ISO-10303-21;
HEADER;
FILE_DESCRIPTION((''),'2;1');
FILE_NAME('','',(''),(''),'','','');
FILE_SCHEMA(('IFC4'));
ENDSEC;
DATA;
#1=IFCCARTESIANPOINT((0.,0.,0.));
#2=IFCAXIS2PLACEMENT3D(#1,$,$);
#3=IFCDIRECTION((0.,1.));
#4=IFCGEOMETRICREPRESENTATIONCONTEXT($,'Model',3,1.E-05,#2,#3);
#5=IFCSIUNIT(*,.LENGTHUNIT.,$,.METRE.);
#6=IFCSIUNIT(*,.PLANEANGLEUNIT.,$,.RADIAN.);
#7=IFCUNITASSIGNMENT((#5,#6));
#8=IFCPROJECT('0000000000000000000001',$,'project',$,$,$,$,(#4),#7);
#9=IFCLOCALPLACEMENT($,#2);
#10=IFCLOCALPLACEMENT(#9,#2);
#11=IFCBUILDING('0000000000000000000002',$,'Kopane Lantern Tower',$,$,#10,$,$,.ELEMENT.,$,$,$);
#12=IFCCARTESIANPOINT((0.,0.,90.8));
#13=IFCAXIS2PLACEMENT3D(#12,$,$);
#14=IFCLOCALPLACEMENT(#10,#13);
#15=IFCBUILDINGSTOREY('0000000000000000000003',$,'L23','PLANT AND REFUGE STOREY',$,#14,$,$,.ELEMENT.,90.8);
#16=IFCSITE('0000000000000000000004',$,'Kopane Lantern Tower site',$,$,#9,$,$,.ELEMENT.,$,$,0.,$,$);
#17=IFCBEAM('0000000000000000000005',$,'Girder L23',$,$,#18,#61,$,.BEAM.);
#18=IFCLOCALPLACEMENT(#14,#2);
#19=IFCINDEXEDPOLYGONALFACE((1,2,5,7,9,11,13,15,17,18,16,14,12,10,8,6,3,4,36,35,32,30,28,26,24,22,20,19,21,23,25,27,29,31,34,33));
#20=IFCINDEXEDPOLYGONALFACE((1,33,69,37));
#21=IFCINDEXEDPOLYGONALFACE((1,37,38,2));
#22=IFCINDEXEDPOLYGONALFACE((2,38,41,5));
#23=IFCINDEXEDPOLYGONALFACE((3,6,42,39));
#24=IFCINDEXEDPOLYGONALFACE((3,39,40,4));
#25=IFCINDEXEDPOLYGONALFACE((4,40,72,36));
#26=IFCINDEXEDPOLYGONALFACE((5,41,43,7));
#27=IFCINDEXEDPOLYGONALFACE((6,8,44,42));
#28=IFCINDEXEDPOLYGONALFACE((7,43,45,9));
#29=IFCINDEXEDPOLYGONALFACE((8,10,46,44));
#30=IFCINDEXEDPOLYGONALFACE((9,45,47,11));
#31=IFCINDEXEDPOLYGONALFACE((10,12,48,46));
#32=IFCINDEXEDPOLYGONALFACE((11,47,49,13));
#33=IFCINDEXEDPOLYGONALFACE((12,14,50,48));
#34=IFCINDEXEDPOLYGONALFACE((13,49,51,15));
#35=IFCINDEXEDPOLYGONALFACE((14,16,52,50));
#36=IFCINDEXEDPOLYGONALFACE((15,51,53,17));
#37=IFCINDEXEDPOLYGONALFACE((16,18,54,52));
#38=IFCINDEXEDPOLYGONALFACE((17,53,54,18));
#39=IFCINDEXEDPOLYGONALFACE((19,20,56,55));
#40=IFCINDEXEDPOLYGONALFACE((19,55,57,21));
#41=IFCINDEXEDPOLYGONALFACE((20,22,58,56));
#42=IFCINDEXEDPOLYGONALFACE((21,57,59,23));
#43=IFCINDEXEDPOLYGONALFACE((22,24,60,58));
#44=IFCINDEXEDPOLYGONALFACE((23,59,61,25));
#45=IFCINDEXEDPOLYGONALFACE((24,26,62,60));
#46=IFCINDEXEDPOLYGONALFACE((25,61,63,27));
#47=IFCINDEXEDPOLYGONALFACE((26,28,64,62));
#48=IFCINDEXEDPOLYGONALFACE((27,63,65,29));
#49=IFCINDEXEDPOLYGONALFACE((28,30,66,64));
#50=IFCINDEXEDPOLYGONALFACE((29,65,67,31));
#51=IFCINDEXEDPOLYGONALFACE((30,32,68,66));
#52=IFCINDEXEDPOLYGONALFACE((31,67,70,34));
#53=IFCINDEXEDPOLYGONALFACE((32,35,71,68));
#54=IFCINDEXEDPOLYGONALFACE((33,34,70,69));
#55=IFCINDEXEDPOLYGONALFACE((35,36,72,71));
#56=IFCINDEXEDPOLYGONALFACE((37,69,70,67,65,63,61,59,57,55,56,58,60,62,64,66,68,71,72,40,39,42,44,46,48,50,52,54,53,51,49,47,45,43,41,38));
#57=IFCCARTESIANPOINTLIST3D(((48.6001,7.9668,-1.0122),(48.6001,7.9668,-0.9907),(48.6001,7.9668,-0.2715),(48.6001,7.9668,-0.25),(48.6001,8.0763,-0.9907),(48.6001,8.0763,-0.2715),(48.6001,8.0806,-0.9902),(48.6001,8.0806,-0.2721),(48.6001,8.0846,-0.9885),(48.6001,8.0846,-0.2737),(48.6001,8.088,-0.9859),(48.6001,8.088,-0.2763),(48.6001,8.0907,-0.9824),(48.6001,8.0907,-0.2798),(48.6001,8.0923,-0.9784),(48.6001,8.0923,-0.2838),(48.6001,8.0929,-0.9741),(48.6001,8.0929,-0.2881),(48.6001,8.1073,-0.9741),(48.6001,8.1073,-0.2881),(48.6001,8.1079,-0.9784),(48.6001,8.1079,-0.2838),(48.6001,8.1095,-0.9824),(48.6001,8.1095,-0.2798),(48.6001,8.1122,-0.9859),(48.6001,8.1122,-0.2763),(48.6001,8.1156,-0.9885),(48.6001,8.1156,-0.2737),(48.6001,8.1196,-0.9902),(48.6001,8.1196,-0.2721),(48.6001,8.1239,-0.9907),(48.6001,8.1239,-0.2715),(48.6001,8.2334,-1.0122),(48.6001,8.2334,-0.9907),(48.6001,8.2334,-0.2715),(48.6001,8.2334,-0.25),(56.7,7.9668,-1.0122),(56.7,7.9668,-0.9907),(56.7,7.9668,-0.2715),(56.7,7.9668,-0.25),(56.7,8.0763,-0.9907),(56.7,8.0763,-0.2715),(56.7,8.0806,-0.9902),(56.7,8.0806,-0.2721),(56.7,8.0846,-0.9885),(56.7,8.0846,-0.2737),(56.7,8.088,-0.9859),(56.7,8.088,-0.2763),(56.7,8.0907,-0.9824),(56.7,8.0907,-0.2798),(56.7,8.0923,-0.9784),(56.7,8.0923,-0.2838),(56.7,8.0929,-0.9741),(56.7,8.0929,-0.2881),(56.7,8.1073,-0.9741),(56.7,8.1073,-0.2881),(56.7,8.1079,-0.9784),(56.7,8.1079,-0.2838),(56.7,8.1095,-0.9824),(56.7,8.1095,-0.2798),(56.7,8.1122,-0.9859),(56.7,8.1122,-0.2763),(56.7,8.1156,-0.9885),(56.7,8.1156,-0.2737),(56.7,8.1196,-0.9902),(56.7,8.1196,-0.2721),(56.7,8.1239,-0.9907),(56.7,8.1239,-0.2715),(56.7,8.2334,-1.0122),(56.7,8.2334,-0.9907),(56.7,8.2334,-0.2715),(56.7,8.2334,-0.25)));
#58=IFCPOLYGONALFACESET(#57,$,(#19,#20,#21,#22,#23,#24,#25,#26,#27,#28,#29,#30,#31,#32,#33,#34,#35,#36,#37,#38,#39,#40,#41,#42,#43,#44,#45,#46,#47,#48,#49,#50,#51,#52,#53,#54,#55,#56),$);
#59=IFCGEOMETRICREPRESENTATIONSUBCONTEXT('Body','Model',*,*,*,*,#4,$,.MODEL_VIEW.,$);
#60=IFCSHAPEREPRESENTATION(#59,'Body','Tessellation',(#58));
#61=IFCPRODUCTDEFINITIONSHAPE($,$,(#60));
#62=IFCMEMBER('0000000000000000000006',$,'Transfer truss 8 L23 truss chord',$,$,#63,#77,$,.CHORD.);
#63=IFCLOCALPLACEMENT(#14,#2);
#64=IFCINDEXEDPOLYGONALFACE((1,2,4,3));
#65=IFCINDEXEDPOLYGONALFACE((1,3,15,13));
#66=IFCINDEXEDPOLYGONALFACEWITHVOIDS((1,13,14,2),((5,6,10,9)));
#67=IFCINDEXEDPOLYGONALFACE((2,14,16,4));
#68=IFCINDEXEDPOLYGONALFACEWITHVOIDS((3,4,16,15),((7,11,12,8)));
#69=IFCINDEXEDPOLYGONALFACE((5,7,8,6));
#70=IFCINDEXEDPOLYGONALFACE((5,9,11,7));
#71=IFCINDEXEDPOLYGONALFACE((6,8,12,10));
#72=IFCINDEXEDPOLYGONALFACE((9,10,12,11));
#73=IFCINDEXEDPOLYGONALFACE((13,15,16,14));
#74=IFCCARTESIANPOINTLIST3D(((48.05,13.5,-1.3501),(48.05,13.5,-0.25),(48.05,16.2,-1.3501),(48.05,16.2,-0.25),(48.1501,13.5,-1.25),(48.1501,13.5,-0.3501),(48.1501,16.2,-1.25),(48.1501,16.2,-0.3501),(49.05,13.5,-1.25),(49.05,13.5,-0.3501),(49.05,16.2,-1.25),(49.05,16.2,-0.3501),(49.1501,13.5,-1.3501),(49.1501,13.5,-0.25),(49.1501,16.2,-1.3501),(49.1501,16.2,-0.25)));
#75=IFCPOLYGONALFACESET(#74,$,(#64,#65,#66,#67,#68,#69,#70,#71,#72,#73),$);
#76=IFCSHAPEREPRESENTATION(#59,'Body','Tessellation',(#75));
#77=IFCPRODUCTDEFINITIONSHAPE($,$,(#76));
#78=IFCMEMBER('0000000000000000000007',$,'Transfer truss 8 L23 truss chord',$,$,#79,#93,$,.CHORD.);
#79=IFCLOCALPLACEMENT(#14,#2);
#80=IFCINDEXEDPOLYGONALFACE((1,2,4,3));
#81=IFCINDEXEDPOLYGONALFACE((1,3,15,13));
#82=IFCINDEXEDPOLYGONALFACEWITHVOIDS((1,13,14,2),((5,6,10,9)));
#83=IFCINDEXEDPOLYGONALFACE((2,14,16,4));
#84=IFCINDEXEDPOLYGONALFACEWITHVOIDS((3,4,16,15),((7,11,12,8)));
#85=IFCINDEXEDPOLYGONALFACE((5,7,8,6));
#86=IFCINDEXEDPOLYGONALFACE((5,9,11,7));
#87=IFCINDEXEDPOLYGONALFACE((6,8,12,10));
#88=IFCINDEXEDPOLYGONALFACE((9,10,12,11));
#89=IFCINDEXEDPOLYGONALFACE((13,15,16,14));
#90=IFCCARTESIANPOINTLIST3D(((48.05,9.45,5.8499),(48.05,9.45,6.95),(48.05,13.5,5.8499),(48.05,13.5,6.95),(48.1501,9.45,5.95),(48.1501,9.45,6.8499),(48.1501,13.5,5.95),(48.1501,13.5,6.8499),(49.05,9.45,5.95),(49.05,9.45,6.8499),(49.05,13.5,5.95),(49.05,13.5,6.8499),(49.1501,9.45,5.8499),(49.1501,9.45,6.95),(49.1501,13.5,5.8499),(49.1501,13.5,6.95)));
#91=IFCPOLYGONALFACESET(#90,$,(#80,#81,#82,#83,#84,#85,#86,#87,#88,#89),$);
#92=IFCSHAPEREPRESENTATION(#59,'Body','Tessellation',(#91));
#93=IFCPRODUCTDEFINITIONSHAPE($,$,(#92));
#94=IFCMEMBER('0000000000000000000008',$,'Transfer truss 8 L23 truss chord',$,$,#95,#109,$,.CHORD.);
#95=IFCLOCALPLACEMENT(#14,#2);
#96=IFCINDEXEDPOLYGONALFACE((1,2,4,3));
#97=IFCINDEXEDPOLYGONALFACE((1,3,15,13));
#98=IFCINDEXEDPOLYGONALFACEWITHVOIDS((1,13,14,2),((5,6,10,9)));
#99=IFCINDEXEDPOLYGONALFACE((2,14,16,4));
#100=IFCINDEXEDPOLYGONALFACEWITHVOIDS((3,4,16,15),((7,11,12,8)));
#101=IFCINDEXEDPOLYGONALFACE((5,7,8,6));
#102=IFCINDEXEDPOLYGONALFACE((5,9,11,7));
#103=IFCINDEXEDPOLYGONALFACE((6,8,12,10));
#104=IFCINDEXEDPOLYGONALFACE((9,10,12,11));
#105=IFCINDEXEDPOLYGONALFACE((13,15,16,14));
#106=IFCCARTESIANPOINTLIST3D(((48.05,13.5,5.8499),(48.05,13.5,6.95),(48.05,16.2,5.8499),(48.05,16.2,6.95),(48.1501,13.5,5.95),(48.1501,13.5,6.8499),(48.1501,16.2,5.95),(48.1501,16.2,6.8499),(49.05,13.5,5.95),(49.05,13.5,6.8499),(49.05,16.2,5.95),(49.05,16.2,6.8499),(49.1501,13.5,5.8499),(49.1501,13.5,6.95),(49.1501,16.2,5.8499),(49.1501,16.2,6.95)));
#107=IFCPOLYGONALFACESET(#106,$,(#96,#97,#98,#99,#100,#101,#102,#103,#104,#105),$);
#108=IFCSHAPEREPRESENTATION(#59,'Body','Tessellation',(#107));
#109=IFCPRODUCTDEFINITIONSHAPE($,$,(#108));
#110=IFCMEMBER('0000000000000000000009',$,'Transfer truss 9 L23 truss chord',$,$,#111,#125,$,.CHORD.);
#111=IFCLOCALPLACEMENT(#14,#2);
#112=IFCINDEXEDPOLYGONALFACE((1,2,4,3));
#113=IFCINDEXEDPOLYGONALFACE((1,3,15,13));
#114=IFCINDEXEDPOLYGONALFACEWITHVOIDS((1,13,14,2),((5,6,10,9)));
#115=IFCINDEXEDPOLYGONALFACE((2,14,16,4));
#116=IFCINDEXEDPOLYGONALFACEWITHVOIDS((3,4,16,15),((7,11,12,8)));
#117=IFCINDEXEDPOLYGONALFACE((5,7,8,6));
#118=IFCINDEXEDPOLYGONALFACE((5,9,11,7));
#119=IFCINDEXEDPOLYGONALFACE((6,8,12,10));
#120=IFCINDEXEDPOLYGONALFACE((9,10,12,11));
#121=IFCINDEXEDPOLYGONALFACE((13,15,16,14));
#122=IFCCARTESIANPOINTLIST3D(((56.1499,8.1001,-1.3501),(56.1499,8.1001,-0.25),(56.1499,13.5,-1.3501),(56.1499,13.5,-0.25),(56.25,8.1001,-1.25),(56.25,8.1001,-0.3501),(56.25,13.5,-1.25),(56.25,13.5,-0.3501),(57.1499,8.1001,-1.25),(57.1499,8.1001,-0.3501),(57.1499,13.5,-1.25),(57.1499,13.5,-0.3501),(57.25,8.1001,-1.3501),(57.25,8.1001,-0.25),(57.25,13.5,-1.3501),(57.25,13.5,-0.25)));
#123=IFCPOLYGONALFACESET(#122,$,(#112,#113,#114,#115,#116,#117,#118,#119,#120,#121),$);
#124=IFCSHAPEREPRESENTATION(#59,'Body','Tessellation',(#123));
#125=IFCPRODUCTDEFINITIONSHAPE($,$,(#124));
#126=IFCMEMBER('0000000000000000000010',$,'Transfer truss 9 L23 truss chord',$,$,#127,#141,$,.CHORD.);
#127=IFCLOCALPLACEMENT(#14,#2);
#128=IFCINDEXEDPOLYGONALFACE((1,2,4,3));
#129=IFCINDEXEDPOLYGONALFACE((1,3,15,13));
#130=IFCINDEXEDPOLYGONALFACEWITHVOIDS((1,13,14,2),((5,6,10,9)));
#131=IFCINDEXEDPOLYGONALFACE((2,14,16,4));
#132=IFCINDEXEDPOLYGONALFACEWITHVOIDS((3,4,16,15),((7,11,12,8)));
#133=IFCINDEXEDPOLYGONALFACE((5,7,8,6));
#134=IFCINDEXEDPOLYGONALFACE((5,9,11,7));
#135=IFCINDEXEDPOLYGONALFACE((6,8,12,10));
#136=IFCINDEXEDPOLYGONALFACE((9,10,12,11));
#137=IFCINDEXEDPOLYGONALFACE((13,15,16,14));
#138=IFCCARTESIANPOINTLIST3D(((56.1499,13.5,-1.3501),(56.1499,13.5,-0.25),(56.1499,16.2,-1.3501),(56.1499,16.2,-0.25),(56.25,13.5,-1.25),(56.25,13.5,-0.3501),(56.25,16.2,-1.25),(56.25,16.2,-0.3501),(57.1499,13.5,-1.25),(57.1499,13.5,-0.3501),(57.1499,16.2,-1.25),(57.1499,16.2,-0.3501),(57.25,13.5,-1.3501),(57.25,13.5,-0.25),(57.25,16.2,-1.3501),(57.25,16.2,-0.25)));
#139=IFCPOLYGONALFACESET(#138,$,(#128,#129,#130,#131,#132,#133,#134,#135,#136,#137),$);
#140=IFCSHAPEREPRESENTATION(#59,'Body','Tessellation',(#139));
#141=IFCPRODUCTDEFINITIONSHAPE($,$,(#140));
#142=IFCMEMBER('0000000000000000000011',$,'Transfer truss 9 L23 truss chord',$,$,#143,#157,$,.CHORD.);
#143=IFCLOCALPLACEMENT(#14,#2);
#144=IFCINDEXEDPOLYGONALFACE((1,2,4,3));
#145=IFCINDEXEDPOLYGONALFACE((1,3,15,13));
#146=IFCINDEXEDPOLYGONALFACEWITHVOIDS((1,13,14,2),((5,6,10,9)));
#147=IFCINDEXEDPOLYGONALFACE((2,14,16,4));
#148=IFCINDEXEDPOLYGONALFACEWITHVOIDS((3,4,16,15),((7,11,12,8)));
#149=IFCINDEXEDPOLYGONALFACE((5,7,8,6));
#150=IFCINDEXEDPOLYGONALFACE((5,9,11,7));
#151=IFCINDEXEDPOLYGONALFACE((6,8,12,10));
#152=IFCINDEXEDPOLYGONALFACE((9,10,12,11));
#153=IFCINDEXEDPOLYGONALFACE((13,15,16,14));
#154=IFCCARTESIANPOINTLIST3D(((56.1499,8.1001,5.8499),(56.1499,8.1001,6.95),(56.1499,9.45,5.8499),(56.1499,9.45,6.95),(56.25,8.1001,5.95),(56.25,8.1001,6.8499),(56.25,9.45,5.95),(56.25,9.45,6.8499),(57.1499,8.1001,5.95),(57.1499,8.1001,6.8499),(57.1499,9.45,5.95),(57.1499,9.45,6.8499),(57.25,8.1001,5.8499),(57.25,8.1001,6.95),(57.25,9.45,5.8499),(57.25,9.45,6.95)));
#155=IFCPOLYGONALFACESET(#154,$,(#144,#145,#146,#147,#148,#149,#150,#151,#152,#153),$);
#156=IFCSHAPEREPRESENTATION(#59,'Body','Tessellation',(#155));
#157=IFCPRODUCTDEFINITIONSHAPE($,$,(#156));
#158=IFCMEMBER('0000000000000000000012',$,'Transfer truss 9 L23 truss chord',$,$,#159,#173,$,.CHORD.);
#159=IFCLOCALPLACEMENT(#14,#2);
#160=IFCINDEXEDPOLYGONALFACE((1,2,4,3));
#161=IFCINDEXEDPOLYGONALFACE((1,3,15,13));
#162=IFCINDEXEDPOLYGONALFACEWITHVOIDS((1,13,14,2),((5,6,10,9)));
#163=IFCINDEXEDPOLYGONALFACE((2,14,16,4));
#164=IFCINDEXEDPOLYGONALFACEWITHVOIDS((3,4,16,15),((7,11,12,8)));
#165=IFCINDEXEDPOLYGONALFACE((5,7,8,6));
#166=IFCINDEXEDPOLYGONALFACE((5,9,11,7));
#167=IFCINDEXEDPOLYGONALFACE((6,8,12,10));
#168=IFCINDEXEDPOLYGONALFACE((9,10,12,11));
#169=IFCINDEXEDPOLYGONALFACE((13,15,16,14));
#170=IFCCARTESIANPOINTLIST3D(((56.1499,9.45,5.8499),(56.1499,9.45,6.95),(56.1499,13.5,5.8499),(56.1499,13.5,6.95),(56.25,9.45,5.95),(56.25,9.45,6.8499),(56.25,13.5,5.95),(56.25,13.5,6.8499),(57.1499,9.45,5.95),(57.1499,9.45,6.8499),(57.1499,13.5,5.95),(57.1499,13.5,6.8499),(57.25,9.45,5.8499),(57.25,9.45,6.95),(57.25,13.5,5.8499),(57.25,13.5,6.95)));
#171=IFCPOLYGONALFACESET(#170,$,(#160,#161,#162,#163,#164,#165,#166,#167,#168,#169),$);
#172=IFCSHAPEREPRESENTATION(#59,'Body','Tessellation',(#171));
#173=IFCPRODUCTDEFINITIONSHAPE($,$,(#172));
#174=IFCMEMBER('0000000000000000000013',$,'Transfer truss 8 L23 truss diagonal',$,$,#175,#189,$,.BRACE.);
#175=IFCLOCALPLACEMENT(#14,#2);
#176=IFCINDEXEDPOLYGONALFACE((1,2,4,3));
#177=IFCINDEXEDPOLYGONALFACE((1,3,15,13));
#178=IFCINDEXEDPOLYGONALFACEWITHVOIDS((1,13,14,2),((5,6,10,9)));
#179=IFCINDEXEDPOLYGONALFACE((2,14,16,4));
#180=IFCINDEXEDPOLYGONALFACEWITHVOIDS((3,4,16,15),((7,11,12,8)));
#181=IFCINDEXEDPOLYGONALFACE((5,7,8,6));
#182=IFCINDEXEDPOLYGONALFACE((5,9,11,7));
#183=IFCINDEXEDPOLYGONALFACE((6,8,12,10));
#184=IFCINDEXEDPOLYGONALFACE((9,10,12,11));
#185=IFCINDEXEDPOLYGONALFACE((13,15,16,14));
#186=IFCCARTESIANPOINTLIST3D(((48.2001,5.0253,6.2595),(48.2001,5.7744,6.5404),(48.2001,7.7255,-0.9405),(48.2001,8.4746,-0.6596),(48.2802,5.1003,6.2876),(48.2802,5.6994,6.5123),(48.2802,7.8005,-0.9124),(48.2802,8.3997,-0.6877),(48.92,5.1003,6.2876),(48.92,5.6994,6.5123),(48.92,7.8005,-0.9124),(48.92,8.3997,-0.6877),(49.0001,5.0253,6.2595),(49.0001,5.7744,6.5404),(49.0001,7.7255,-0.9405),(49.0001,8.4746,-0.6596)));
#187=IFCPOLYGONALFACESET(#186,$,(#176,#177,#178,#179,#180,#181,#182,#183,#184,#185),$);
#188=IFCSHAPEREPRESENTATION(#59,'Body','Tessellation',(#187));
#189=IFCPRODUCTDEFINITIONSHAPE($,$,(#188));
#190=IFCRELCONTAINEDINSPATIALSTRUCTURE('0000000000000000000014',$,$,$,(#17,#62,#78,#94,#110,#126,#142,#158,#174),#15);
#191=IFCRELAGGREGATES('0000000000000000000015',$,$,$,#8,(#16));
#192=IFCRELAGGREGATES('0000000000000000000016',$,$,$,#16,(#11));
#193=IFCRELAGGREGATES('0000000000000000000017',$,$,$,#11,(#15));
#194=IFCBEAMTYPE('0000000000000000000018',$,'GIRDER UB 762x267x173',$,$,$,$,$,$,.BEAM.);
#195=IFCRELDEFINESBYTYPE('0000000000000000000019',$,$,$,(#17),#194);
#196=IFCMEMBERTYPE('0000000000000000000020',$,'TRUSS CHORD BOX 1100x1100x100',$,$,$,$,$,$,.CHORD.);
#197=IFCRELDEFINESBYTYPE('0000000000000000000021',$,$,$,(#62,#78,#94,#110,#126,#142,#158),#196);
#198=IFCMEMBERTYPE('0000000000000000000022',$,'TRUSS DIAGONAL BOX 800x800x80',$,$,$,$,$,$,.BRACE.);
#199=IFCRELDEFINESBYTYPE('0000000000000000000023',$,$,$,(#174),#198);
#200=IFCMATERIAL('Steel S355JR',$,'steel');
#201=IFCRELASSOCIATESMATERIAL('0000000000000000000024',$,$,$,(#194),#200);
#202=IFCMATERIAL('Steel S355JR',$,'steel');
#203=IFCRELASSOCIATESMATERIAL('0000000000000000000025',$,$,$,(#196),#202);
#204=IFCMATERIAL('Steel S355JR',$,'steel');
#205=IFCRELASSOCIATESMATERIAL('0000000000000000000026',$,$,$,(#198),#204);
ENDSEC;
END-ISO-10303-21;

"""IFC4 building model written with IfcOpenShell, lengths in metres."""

from ifc_helpers import new_model, si_unit, direction, frame, origin, origin_2d, place, context, subcontext, project, spatial, hollow_rectangle, i_section, extrude, material, material_profile, profile_set, type_object, element, save


model = new_model("IFC4")

# Units and contexts
model_context = context("Model", 3, precision=1e-05, world=origin(), true_north=direction((0.0, 1.0)))
body_context = subcontext(model_context, "Body", "Model", "MODEL_VIEW")
ifc_project = project(units=[si_unit("LENGTHUNIT", "METRE"), si_unit("PLANEANGLEUNIT", "RADIAN")], contexts=[model_context])

# Site, building, storey
site_placement = place(None, origin())
site = spatial("IfcSite", under=ifc_project, at=site_placement, Name="Kopane Lantern Tower site", CompositionType="ELEMENT", RefElevation=0.0)
building_placement = place(site_placement, origin())
building = spatial("IfcBuilding", under=site, at=building_placement, Name="Kopane Lantern Tower", CompositionType="ELEMENT")
storey_placement = place(building_placement, frame((0.0, 0.0, 90.8)))
storey = spatial("IfcBuildingStorey", under=building, at=storey_placement, Name="L23", Description="PLANT AND REFUGE STOREY", CompositionType="ELEMENT", Elevation=90.8)

# Beam
ifc_material_1 = material(Name="Steel S355JR", Category="steel")
ifc_material_profile_1 = material_profile(ifc_material_1, i_section(OverallWidth=0.2666, OverallDepth=0.7622, WebThickness=0.0144, FlangeThickness=0.0215, FilletRadius=0.0166, at=origin_2d()), Name="UB 762x267x173")
ifc_profile_set_1 = profile_set([ifc_material_profile_1], Name="Steel S355JR")
beam_type = type_object("IfcBeamType", Name="GIRDER UB 762x267x173", PredefinedType="BEAM", material=ifc_profile_set_1)
beam_placement = place(storey_placement, frame((48.6001, 8.1001, -0.6311), z_axis=(1.0, 0.0, 0.0), x_axis=(0.0, 1.0, 0.0)))
element("IfcBeam", 1, at=beam_placement, inside=storey, type_object=beam_type, Name="Girder L23", PredefinedType="BEAM", context=body_context, shape_type="SweptSolid", body=[
    extrude(i_section(OverallWidth=0.2666, OverallDepth=0.7622, WebThickness=0.0144, FlangeThickness=0.0215, FilletRadius=0.0166, at=origin_2d()), origin(), (0.0, 0.0, 1.0), 8.0999),
])

# Members
ifc_material_2 = material(Name="Steel S355JR", Category="steel")
ifc_material_profile_2 = material_profile(ifc_material_2, hollow_rectangle(XDim=1.1001, YDim=1.1001, WallThickness=0.1001, at=origin_2d()), Name="BOX 1100x1100x100")
ifc_profile_set_2 = profile_set([ifc_material_profile_2], Name="Steel S355JR")
member_type_1 = type_object("IfcMemberType", Name="TRUSS CHORD BOX 1100x1100x100", PredefinedType="CHORD", material=ifc_profile_set_2)
member_1_placement = place(storey_placement, frame((48.6001, 13.5, -0.8), z_axis=(0.0, 1.0, 0.0), x_axis=(-1.0, 0.0, 0.0)))
element("IfcMember", 2, at=member_1_placement, inside=storey, type_object=member_type_1, Name="Transfer truss 8 L23 truss chord", PredefinedType="CHORD", context=body_context, shape_type="SweptSolid", body=[
    extrude(hollow_rectangle(XDim=1.1001, YDim=1.1001, WallThickness=0.1001, at=origin_2d()), origin(), (0.0, 0.0, 1.0), 2.7),
])
member_2_placement = place(storey_placement, frame((48.6001, 9.45, 6.3999), z_axis=(0.0, 1.0, 0.0), x_axis=(-1.0, 0.0, 0.0)))
element("IfcMember", 3, at=member_2_placement, inside=storey, type_object=member_type_1, Name="Transfer truss 8 L23 truss chord", PredefinedType="CHORD", context=body_context, shape_type="SweptSolid", body=[
    extrude(hollow_rectangle(XDim=1.1001, YDim=1.1001, WallThickness=0.1001, at=origin_2d()), origin(), (0.0, 0.0, 1.0), 4.05),
])
member_3_placement = place(storey_placement, frame((48.6001, 13.5, 6.3999), z_axis=(0.0, 1.0, 0.0), x_axis=(-1.0, 0.0, 0.0)))
element("IfcMember", 4, at=member_3_placement, inside=storey, type_object=member_type_1, Name="Transfer truss 8 L23 truss chord", PredefinedType="CHORD", context=body_context, shape_type="SweptSolid", body=[
    extrude(hollow_rectangle(XDim=1.1001, YDim=1.1001, WallThickness=0.1001, at=origin_2d()), origin(), (0.0, 0.0, 1.0), 2.7),
])
member_4_placement = place(storey_placement, frame((56.7, 8.1001, -0.8), z_axis=(0.0, 1.0, 0.0), x_axis=(-1.0, 0.0, 0.0)))
element("IfcMember", 5, at=member_4_placement, inside=storey, type_object=member_type_1, Name="Transfer truss 9 L23 truss chord", PredefinedType="CHORD", context=body_context, shape_type="SweptSolid", body=[
    extrude(hollow_rectangle(XDim=1.1001, YDim=1.1001, WallThickness=0.1001, at=origin_2d()), origin(), (0.0, 0.0, 1.0), 5.3999),
])
member_5_placement = place(storey_placement, frame((56.7, 13.5, -0.8), z_axis=(0.0, 1.0, 0.0), x_axis=(-1.0, 0.0, 0.0)))
element("IfcMember", 6, at=member_5_placement, inside=storey, type_object=member_type_1, Name="Transfer truss 9 L23 truss chord", PredefinedType="CHORD", context=body_context, shape_type="SweptSolid", body=[
    extrude(hollow_rectangle(XDim=1.1001, YDim=1.1001, WallThickness=0.1001, at=origin_2d()), origin(), (0.0, 0.0, 1.0), 2.7),
])
member_6_placement = place(storey_placement, frame((56.7, 8.1001, 6.3999), z_axis=(0.0, 1.0, 0.0), x_axis=(-1.0, 0.0, 0.0)))
element("IfcMember", 7, at=member_6_placement, inside=storey, type_object=member_type_1, Name="Transfer truss 9 L23 truss chord", PredefinedType="CHORD", context=body_context, shape_type="SweptSolid", body=[
    extrude(hollow_rectangle(XDim=1.1001, YDim=1.1001, WallThickness=0.1001, at=origin_2d()), origin(), (0.0, 0.0, 1.0), 1.3499),
])
member_7_placement = place(storey_placement, frame((56.7, 9.45, 6.3999), z_axis=(0.0, 1.0, 0.0), x_axis=(-1.0, 0.0, 0.0)))
element("IfcMember", 8, at=member_7_placement, inside=storey, type_object=member_type_1, Name="Transfer truss 9 L23 truss chord", PredefinedType="CHORD", context=body_context, shape_type="SweptSolid", body=[
    extrude(hollow_rectangle(XDim=1.1001, YDim=1.1001, WallThickness=0.1001, at=origin_2d()), origin(), (0.0, 0.0, 1.0), 4.05),
])
ifc_material_3 = material(Name="Steel S355JR", Category="steel")
ifc_material_profile_3 = material_profile(ifc_material_3, hollow_rectangle(XDim=0.8, YDim=0.8, WallThickness=0.0801, at=origin_2d()), Name="BOX 800x800x80")
ifc_profile_set_3 = profile_set([ifc_material_profile_3], Name="Steel S355JR")
member_type_2 = type_object("IfcMemberType", Name="TRUSS DIAGONAL BOX 800x800x80", PredefinedType="BRACE", material=ifc_profile_set_3)
member_8_placement = place(storey_placement, frame((48.6001, 8.1001, -0.8), z_axis=(0.0, -0.351148, 0.93632), x_axis=(1.0, 0.0, 0.0)))
element("IfcMember", 9, at=member_8_placement, inside=storey, type_object=member_type_2, Name="Transfer truss 8 L23 truss diagonal", PredefinedType="BRACE", context=body_context, shape_type="SweptSolid", body=[
    extrude(hollow_rectangle(XDim=0.8, YDim=0.8, WallThickness=0.0801, at=origin_2d()), origin(), (0.0, 0.0, 1.0), 7.6897),
])

save(model, "model.ifc")
